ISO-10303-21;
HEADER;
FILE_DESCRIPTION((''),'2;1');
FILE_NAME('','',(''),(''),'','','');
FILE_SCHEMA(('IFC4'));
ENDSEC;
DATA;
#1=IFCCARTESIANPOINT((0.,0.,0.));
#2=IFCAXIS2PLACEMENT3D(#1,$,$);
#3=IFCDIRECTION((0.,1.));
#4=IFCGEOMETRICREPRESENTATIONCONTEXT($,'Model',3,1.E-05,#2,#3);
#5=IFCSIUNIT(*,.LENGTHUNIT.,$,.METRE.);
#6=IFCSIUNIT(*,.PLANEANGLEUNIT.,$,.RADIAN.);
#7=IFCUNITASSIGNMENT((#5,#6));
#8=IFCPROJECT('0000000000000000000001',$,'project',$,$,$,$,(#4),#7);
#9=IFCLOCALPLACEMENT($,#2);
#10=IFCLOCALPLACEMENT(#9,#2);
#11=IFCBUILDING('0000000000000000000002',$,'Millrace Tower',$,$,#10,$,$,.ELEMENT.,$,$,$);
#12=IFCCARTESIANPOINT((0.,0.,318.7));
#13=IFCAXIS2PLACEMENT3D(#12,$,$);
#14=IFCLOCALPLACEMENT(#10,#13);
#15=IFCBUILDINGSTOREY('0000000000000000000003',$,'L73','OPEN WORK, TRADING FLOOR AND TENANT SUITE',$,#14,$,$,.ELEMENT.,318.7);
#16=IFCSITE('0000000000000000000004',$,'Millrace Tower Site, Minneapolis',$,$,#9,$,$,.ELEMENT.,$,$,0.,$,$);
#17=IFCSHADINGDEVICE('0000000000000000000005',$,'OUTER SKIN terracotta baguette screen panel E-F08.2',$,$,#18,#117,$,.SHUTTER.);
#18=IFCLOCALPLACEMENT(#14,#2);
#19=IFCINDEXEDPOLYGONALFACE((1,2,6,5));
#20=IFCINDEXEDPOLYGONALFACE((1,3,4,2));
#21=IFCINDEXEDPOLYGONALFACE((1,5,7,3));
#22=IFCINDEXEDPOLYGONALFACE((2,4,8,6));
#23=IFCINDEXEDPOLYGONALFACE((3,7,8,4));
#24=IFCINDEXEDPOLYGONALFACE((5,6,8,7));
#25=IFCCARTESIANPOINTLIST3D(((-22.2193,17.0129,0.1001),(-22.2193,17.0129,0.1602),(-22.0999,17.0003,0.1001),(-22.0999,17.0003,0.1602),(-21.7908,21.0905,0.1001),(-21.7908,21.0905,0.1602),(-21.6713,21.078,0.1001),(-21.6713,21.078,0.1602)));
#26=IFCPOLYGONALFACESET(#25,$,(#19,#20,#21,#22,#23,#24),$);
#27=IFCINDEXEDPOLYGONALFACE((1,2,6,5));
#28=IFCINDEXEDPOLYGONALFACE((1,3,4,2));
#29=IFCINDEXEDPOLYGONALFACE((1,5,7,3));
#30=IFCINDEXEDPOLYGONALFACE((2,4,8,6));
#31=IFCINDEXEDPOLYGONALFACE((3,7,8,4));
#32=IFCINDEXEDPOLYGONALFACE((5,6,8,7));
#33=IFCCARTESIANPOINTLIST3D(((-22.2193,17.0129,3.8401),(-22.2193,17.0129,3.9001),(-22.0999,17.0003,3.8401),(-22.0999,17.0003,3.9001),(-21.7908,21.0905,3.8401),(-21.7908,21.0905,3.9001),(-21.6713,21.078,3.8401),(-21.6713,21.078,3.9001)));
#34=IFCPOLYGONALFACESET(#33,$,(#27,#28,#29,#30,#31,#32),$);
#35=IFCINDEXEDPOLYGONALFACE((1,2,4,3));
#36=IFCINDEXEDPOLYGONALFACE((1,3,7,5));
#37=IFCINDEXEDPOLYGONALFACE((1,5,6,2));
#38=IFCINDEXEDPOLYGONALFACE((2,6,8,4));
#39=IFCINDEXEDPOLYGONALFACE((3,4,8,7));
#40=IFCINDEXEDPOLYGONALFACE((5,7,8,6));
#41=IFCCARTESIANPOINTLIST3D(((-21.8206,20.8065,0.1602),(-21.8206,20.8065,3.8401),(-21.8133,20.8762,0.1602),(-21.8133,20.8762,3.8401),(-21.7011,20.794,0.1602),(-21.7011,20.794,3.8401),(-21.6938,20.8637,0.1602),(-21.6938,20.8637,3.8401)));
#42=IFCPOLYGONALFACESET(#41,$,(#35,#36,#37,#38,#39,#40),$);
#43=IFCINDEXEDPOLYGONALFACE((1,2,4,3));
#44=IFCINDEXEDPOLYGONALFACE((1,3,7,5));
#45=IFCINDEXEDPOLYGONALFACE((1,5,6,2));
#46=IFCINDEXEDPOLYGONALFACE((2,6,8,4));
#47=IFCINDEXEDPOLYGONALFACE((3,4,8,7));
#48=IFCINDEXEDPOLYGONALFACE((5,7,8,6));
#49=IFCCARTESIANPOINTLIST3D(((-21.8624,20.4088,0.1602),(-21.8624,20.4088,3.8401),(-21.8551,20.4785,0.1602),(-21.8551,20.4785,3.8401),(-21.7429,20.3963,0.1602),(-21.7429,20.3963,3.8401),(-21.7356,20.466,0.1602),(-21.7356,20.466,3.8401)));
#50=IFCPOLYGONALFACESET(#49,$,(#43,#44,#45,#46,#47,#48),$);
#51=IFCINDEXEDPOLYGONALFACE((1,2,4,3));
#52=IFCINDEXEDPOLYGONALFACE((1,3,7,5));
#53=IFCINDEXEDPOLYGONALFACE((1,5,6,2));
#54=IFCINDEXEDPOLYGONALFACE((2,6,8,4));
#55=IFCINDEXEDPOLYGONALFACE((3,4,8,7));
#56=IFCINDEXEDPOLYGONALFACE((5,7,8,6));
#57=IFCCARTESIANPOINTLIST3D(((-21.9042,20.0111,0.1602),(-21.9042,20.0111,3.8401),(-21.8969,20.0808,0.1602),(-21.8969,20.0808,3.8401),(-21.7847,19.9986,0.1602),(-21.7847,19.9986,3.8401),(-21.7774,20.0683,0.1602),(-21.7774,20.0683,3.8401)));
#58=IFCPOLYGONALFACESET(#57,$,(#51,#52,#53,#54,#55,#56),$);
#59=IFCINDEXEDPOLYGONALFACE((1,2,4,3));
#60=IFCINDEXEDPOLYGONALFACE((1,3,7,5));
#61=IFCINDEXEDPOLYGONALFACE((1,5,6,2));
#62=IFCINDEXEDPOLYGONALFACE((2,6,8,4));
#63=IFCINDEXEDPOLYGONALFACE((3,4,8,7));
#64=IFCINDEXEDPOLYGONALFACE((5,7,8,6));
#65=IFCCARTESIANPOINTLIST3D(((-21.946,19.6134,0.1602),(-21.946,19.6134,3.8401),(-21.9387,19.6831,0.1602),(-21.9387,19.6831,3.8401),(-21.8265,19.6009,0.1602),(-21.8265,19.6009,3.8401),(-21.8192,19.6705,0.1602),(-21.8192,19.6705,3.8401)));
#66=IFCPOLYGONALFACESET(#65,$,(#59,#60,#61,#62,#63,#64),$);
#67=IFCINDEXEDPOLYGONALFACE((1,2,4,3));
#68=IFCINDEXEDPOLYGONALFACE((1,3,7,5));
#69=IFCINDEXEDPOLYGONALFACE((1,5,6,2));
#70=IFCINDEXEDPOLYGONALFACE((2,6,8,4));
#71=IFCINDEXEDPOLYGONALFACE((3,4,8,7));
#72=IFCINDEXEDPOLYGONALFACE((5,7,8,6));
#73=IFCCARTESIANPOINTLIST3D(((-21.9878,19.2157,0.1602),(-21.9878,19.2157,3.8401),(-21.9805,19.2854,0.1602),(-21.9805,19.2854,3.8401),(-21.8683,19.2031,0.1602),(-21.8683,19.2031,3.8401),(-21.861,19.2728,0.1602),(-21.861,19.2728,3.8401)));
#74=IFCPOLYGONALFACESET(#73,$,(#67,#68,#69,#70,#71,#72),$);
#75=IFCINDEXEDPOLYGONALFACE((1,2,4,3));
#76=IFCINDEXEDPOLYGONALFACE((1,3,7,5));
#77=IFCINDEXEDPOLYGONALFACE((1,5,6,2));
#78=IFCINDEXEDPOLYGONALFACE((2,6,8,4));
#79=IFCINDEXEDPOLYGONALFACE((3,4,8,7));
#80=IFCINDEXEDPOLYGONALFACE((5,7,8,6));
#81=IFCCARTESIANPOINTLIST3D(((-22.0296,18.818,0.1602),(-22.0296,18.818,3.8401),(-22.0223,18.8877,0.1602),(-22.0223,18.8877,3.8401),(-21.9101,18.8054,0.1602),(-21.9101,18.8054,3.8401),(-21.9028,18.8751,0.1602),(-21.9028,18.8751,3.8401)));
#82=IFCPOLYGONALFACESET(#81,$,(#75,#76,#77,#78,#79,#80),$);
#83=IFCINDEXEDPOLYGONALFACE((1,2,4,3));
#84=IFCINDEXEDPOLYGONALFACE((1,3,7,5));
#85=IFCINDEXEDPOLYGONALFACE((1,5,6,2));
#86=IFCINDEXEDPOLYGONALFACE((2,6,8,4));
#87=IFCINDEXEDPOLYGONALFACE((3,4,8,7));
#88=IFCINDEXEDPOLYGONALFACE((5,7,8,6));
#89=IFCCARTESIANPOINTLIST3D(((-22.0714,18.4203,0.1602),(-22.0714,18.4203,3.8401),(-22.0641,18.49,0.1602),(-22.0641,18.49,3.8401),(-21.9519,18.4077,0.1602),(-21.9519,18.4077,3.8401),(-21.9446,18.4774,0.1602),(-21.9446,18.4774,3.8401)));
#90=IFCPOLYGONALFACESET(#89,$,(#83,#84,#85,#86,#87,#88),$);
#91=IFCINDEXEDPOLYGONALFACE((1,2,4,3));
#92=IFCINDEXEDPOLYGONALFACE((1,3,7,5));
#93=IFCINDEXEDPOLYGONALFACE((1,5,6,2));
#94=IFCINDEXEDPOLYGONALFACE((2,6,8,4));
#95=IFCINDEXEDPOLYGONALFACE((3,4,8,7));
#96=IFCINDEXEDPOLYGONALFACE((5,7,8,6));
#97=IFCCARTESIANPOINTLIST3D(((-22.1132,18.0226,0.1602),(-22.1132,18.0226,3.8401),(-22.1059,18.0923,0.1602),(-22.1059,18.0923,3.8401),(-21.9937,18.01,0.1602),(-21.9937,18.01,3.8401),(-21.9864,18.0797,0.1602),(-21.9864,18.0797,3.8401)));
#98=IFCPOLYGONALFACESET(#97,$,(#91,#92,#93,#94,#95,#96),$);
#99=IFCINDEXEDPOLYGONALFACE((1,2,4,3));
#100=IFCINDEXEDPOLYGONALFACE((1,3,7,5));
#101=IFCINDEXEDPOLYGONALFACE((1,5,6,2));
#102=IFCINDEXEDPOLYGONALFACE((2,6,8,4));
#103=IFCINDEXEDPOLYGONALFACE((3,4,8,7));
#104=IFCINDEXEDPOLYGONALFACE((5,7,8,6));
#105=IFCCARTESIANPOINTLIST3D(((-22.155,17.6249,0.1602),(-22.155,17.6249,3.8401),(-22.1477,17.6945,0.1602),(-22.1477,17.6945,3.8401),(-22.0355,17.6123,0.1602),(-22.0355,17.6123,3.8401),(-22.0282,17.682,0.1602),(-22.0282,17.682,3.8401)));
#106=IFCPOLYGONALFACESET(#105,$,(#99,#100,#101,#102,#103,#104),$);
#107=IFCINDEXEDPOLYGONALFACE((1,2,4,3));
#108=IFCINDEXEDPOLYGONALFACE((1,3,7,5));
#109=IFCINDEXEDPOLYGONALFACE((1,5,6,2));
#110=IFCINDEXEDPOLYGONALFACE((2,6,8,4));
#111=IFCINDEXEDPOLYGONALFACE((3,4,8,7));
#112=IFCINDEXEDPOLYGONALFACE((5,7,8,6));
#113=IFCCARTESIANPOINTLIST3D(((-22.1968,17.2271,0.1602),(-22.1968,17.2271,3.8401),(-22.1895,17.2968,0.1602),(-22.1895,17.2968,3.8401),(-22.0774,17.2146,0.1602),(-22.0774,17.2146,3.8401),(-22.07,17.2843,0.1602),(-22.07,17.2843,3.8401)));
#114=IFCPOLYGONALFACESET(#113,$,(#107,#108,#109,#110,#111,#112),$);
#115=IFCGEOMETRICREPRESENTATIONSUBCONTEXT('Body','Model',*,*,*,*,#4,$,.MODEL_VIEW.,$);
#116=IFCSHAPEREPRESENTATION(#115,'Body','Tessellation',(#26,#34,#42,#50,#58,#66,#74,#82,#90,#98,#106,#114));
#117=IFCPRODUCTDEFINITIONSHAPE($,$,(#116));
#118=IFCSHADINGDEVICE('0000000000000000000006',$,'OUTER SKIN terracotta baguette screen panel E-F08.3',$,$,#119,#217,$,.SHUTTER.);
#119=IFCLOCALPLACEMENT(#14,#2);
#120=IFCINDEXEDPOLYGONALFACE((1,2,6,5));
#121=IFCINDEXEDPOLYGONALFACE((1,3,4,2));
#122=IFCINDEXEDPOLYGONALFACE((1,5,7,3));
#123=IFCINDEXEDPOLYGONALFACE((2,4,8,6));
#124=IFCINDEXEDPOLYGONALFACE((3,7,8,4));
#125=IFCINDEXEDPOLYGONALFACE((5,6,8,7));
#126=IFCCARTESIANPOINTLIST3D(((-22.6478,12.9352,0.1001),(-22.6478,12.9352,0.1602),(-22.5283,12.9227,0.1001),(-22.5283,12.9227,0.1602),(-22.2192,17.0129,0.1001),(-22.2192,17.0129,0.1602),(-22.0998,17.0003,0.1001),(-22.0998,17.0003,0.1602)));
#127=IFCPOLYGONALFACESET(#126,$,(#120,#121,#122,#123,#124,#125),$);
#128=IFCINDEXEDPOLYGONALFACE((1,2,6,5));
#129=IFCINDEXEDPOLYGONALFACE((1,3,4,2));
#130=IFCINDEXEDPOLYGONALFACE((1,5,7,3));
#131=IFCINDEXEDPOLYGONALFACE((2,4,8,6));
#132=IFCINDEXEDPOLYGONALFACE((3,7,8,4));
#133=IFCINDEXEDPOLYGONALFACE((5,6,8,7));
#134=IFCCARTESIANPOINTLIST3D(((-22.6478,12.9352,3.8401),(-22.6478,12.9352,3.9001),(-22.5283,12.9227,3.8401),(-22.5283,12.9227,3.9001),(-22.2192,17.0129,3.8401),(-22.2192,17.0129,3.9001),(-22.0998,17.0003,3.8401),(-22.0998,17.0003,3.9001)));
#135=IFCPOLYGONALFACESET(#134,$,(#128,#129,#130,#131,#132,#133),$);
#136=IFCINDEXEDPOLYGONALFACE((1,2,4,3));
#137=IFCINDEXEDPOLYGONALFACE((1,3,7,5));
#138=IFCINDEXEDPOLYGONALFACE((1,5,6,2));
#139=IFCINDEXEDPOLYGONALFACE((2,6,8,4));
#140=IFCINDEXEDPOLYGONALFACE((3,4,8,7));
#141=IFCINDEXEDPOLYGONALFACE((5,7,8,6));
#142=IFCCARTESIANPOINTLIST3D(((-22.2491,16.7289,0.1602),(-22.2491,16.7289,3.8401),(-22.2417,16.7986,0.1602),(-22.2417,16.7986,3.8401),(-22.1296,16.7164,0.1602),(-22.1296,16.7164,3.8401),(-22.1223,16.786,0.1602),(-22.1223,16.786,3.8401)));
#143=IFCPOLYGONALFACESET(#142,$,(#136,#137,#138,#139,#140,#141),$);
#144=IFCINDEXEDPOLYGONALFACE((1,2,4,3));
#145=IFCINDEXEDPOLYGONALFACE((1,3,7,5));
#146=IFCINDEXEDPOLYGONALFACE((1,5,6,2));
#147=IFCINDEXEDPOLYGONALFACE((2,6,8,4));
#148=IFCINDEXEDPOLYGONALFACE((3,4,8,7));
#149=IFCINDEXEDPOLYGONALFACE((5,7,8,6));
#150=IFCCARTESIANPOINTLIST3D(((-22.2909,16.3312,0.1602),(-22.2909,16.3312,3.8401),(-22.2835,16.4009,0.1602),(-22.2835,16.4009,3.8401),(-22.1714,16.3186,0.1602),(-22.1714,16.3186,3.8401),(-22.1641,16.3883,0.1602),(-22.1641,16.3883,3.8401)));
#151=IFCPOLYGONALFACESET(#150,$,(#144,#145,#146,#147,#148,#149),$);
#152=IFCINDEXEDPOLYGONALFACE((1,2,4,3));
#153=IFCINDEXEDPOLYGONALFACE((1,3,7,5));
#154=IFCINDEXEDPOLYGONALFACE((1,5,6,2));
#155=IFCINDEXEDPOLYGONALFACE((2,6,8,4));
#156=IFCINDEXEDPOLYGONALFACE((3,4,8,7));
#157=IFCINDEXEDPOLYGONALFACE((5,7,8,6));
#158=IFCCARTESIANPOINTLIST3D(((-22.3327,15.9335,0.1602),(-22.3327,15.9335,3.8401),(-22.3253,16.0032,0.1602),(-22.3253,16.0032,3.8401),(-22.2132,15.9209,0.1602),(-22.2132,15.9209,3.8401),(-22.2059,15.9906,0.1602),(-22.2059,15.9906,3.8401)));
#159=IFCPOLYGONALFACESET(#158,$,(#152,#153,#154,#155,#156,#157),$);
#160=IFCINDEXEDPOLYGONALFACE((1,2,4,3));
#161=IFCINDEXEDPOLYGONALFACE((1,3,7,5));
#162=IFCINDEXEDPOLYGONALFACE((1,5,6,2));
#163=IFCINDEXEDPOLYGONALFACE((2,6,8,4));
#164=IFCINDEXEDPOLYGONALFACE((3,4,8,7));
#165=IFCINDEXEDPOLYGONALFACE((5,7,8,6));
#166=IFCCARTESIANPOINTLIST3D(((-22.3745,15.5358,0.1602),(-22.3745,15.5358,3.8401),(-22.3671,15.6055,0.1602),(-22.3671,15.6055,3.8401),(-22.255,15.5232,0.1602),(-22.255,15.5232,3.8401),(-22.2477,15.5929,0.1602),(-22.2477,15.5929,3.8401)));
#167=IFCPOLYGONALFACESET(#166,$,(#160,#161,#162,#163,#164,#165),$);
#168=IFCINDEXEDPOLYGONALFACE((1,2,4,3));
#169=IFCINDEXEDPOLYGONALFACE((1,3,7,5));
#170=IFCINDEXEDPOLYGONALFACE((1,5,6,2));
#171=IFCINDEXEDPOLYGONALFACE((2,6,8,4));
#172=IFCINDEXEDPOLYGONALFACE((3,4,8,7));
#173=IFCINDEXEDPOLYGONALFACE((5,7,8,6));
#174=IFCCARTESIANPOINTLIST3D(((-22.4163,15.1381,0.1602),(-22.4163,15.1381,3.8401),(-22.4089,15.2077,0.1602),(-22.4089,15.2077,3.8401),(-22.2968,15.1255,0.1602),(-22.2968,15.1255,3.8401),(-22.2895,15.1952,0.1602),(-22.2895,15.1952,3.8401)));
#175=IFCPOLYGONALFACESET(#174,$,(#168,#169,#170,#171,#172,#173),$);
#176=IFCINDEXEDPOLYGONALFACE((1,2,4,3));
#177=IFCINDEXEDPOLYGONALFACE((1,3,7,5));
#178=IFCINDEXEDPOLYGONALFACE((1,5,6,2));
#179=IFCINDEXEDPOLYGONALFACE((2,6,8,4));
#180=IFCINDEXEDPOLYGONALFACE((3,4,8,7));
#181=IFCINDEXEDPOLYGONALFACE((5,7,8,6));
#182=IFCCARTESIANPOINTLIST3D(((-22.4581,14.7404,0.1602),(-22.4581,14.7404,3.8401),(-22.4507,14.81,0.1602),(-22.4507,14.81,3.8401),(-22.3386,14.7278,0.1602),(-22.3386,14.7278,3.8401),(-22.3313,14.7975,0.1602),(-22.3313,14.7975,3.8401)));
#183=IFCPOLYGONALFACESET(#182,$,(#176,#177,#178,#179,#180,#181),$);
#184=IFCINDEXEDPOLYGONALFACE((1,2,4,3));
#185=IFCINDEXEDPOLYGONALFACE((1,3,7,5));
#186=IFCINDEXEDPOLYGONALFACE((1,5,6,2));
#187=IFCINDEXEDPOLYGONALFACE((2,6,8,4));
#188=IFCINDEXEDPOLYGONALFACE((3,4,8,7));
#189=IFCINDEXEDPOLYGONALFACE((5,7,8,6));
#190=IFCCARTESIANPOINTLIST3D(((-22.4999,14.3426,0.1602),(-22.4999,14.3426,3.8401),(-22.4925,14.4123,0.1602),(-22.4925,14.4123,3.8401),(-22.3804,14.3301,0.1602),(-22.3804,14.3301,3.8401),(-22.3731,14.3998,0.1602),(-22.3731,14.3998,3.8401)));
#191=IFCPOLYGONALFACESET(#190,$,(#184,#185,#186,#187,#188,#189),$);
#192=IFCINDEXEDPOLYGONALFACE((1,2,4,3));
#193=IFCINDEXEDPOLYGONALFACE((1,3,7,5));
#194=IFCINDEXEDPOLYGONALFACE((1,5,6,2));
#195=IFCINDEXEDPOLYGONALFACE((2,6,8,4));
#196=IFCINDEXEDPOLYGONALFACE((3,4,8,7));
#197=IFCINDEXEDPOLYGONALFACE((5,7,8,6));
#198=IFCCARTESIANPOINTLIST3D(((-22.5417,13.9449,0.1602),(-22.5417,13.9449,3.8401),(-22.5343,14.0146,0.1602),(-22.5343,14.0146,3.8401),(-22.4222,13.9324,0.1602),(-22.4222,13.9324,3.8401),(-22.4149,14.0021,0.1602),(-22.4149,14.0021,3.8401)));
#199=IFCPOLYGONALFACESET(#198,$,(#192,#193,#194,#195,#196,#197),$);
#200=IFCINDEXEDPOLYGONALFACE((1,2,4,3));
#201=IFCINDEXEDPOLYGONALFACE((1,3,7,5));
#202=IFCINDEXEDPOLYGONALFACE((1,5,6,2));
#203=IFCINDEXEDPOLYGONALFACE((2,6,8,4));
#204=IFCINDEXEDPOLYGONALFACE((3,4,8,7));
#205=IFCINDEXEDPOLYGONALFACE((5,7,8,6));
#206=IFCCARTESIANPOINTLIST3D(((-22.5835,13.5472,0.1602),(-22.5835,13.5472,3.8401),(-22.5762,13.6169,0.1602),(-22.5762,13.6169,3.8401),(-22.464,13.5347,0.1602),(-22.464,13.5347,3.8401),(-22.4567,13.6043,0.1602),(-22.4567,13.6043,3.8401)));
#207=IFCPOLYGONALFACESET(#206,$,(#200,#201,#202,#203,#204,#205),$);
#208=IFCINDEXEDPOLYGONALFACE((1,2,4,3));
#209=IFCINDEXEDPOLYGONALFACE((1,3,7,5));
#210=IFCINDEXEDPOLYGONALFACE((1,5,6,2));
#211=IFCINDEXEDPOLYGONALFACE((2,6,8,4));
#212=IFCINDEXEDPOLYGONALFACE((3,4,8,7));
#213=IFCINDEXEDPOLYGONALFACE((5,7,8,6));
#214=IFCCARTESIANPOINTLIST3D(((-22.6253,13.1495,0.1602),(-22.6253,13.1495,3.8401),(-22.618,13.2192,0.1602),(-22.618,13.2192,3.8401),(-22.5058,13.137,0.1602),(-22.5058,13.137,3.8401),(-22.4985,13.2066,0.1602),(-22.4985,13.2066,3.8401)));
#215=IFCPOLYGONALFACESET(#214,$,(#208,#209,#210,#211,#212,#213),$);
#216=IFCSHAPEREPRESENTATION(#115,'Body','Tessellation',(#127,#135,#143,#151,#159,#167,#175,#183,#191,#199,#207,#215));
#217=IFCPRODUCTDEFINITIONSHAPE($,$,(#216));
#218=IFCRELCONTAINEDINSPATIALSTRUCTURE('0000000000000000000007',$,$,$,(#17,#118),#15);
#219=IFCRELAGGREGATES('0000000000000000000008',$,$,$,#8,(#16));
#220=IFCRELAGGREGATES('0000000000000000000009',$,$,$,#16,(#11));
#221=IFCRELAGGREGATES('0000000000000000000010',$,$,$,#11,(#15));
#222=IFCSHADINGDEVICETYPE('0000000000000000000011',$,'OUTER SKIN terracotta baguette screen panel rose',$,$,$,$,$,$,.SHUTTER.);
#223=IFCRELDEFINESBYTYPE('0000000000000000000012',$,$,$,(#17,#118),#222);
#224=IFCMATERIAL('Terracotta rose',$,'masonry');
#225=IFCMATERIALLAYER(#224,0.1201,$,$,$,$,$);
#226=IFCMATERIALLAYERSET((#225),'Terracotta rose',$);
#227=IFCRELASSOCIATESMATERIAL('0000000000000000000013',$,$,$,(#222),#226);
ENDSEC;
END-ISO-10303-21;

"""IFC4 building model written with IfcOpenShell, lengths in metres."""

from ifc_helpers import new_model, entity, si_unit, direction, frame, frame_2d, origin, place, context, subcontext, project, spatial, rectangle, extrude, source, transform, mapped, material, layer, layer_set, type_object, element, save


model = new_model("IFC4")

# Units and contexts
model_context = context("Model", 3, precision=1e-05, world=origin(), true_north=direction((0.0, 1.0)))
body_context = subcontext(model_context, "Body", "Model", "MODEL_VIEW")
ifc_project = project(units=[si_unit("LENGTHUNIT", "METRE"), si_unit("PLANEANGLEUNIT", "RADIAN")], contexts=[model_context])

# Site, building, storey
site_placement = place(None, origin())
site = spatial("IfcSite", under=ifc_project, at=site_placement, Name="Millrace Tower Site, Minneapolis", CompositionType="ELEMENT", RefElevation=0.0)
building_placement = place(site_placement, origin())
building = spatial("IfcBuilding", under=site, at=building_placement, Name="Millrace Tower", CompositionType="ELEMENT")
storey_placement = place(building_placement, frame((0.0, 0.0, 318.7)))
storey = spatial("IfcBuildingStorey", under=building, at=storey_placement, Name="L73", Description="OPEN WORK, TRADING FLOOR AND TENANT SUITE", CompositionType="ELEMENT", Elevation=318.7)

# Shading devices
ifc_material_1 = material(Name="Terracotta rose", Category="masonry")
ifc_layer_1 = layer(ifc_material_1, 0.1201)
ifc_layer_set_1 = layer_set([ifc_layer_1], Name="Terracotta rose")
shading_device_type = type_object("IfcShadingDeviceType", Name="OUTER SKIN terracotta baguette screen panel rose", PredefinedType="SHUTTER", material=ifc_layer_set_1)
cartesian_point_1 = entity("IfcCartesianPoint", [-2.05, 0.0601])
shared_polyline_1 = entity("IfcPolyline", [cartesian_point_1, entity("IfcCartesianPoint", [2.05, 0.0601]), entity("IfcCartesianPoint", [2.05, -0.0601]), entity("IfcCartesianPoint", [-2.05, -0.0601]), cartesian_point_1])
shared_shape_1 = source(origin(), body_context, "Body", "SweptSolid", [
    entity("IfcExtrudedAreaSolid", entity("IfcArbitraryClosedProfileDef", "AREA", None, shared_polyline_1), entity("IfcAxis2Placement3D", entity("IfcCartesianPoint", [0.0, 0.0, 0.0])), entity("IfcDirection", [0.0, 0.0, 1.0]), 0.0601),
    entity("IfcExtrudedAreaSolid", entity("IfcArbitraryClosedProfileDef", "AREA", None, shared_polyline_1), entity("IfcAxis2Placement3D", entity("IfcCartesianPoint", [0.0, 0.0, 3.74])), entity("IfcDirection", [0.0, 0.0, 1.0]), 0.0601),
    extrude(rectangle(XDim=0.0701, YDim=0.1201, at=frame_2d((-1.7996, 0.0))), frame((0.0, 0.0, 0.0601)), (0.0, 0.0, 1.0), 3.6799),
    extrude(rectangle(XDim=0.0701, YDim=0.1201, at=frame_2d((-1.3997, 0.0))), frame((0.0, 0.0, 0.0601)), (0.0, 0.0, 1.0), 3.6799),
    extrude(rectangle(XDim=0.0701, YDim=0.1201, at=frame_2d((-0.9998, 0.0))), frame((0.0, 0.0, 0.0601)), (0.0, 0.0, 1.0), 3.6799),
    extrude(rectangle(XDim=0.0701, YDim=0.1201, at=frame_2d((-0.5999, 0.0))), frame((0.0, 0.0, 0.0601)), (0.0, 0.0, 1.0), 3.6799),
    extrude(rectangle(XDim=0.0701, YDim=0.1201, at=frame_2d((-0.2, 0.0))), frame((0.0, 0.0, 0.0601)), (0.0, 0.0, 1.0), 3.6799),
    extrude(rectangle(XDim=0.0701, YDim=0.1201, at=frame_2d((0.2, 0.0))), frame((0.0, 0.0, 0.0601)), (0.0, 0.0, 1.0), 3.6799),
    extrude(rectangle(XDim=0.0701, YDim=0.1201, at=frame_2d((0.5999, 0.0))), frame((0.0, 0.0, 0.0601)), (0.0, 0.0, 1.0), 3.6799),
    extrude(rectangle(XDim=0.0701, YDim=0.1201, at=frame_2d((0.9998, 0.0))), frame((0.0, 0.0, 0.0601)), (0.0, 0.0, 1.0), 3.6799),
    extrude(rectangle(XDim=0.0701, YDim=0.1201, at=frame_2d((1.3997, 0.0))), frame((0.0, 0.0, 0.0601)), (0.0, 0.0, 1.0), 3.6799),
    extrude(rectangle(XDim=0.0701, YDim=0.1201, at=frame_2d((1.7996, 0.0))), frame((0.0, 0.0, 0.0601)), (0.0, 0.0, 1.0), 3.6799),
])
for number, where, z_axis, x_axis, name in (
    (1, (-21.9453, 19.0454, 0.1001), (0.0, 0.0, 1.0), (-0.104528, -0.994522, 0.0), "OUTER SKIN terracotta baguette screen panel E-F08.2"),
    (2, (-22.3738, 14.9678, 0.1001), (0.0, 0.0, 1.0), (-0.104528, -0.994522, 0.0), "OUTER SKIN terracotta baguette screen panel E-F08.3"),
):
    element("IfcShadingDevice", number, at=place(storey_placement, frame(where, z_axis=z_axis, x_axis=x_axis)), inside=storey, type_object=shading_device_type, Name=name, PredefinedType="SHUTTER", context=body_context, shape_type="MappedRepresentation", body=[
        mapped(shared_shape_1, transform((0.0, 0.0, 0.0), scale=1.0)),
    ])

save(model, "model.ifc")
